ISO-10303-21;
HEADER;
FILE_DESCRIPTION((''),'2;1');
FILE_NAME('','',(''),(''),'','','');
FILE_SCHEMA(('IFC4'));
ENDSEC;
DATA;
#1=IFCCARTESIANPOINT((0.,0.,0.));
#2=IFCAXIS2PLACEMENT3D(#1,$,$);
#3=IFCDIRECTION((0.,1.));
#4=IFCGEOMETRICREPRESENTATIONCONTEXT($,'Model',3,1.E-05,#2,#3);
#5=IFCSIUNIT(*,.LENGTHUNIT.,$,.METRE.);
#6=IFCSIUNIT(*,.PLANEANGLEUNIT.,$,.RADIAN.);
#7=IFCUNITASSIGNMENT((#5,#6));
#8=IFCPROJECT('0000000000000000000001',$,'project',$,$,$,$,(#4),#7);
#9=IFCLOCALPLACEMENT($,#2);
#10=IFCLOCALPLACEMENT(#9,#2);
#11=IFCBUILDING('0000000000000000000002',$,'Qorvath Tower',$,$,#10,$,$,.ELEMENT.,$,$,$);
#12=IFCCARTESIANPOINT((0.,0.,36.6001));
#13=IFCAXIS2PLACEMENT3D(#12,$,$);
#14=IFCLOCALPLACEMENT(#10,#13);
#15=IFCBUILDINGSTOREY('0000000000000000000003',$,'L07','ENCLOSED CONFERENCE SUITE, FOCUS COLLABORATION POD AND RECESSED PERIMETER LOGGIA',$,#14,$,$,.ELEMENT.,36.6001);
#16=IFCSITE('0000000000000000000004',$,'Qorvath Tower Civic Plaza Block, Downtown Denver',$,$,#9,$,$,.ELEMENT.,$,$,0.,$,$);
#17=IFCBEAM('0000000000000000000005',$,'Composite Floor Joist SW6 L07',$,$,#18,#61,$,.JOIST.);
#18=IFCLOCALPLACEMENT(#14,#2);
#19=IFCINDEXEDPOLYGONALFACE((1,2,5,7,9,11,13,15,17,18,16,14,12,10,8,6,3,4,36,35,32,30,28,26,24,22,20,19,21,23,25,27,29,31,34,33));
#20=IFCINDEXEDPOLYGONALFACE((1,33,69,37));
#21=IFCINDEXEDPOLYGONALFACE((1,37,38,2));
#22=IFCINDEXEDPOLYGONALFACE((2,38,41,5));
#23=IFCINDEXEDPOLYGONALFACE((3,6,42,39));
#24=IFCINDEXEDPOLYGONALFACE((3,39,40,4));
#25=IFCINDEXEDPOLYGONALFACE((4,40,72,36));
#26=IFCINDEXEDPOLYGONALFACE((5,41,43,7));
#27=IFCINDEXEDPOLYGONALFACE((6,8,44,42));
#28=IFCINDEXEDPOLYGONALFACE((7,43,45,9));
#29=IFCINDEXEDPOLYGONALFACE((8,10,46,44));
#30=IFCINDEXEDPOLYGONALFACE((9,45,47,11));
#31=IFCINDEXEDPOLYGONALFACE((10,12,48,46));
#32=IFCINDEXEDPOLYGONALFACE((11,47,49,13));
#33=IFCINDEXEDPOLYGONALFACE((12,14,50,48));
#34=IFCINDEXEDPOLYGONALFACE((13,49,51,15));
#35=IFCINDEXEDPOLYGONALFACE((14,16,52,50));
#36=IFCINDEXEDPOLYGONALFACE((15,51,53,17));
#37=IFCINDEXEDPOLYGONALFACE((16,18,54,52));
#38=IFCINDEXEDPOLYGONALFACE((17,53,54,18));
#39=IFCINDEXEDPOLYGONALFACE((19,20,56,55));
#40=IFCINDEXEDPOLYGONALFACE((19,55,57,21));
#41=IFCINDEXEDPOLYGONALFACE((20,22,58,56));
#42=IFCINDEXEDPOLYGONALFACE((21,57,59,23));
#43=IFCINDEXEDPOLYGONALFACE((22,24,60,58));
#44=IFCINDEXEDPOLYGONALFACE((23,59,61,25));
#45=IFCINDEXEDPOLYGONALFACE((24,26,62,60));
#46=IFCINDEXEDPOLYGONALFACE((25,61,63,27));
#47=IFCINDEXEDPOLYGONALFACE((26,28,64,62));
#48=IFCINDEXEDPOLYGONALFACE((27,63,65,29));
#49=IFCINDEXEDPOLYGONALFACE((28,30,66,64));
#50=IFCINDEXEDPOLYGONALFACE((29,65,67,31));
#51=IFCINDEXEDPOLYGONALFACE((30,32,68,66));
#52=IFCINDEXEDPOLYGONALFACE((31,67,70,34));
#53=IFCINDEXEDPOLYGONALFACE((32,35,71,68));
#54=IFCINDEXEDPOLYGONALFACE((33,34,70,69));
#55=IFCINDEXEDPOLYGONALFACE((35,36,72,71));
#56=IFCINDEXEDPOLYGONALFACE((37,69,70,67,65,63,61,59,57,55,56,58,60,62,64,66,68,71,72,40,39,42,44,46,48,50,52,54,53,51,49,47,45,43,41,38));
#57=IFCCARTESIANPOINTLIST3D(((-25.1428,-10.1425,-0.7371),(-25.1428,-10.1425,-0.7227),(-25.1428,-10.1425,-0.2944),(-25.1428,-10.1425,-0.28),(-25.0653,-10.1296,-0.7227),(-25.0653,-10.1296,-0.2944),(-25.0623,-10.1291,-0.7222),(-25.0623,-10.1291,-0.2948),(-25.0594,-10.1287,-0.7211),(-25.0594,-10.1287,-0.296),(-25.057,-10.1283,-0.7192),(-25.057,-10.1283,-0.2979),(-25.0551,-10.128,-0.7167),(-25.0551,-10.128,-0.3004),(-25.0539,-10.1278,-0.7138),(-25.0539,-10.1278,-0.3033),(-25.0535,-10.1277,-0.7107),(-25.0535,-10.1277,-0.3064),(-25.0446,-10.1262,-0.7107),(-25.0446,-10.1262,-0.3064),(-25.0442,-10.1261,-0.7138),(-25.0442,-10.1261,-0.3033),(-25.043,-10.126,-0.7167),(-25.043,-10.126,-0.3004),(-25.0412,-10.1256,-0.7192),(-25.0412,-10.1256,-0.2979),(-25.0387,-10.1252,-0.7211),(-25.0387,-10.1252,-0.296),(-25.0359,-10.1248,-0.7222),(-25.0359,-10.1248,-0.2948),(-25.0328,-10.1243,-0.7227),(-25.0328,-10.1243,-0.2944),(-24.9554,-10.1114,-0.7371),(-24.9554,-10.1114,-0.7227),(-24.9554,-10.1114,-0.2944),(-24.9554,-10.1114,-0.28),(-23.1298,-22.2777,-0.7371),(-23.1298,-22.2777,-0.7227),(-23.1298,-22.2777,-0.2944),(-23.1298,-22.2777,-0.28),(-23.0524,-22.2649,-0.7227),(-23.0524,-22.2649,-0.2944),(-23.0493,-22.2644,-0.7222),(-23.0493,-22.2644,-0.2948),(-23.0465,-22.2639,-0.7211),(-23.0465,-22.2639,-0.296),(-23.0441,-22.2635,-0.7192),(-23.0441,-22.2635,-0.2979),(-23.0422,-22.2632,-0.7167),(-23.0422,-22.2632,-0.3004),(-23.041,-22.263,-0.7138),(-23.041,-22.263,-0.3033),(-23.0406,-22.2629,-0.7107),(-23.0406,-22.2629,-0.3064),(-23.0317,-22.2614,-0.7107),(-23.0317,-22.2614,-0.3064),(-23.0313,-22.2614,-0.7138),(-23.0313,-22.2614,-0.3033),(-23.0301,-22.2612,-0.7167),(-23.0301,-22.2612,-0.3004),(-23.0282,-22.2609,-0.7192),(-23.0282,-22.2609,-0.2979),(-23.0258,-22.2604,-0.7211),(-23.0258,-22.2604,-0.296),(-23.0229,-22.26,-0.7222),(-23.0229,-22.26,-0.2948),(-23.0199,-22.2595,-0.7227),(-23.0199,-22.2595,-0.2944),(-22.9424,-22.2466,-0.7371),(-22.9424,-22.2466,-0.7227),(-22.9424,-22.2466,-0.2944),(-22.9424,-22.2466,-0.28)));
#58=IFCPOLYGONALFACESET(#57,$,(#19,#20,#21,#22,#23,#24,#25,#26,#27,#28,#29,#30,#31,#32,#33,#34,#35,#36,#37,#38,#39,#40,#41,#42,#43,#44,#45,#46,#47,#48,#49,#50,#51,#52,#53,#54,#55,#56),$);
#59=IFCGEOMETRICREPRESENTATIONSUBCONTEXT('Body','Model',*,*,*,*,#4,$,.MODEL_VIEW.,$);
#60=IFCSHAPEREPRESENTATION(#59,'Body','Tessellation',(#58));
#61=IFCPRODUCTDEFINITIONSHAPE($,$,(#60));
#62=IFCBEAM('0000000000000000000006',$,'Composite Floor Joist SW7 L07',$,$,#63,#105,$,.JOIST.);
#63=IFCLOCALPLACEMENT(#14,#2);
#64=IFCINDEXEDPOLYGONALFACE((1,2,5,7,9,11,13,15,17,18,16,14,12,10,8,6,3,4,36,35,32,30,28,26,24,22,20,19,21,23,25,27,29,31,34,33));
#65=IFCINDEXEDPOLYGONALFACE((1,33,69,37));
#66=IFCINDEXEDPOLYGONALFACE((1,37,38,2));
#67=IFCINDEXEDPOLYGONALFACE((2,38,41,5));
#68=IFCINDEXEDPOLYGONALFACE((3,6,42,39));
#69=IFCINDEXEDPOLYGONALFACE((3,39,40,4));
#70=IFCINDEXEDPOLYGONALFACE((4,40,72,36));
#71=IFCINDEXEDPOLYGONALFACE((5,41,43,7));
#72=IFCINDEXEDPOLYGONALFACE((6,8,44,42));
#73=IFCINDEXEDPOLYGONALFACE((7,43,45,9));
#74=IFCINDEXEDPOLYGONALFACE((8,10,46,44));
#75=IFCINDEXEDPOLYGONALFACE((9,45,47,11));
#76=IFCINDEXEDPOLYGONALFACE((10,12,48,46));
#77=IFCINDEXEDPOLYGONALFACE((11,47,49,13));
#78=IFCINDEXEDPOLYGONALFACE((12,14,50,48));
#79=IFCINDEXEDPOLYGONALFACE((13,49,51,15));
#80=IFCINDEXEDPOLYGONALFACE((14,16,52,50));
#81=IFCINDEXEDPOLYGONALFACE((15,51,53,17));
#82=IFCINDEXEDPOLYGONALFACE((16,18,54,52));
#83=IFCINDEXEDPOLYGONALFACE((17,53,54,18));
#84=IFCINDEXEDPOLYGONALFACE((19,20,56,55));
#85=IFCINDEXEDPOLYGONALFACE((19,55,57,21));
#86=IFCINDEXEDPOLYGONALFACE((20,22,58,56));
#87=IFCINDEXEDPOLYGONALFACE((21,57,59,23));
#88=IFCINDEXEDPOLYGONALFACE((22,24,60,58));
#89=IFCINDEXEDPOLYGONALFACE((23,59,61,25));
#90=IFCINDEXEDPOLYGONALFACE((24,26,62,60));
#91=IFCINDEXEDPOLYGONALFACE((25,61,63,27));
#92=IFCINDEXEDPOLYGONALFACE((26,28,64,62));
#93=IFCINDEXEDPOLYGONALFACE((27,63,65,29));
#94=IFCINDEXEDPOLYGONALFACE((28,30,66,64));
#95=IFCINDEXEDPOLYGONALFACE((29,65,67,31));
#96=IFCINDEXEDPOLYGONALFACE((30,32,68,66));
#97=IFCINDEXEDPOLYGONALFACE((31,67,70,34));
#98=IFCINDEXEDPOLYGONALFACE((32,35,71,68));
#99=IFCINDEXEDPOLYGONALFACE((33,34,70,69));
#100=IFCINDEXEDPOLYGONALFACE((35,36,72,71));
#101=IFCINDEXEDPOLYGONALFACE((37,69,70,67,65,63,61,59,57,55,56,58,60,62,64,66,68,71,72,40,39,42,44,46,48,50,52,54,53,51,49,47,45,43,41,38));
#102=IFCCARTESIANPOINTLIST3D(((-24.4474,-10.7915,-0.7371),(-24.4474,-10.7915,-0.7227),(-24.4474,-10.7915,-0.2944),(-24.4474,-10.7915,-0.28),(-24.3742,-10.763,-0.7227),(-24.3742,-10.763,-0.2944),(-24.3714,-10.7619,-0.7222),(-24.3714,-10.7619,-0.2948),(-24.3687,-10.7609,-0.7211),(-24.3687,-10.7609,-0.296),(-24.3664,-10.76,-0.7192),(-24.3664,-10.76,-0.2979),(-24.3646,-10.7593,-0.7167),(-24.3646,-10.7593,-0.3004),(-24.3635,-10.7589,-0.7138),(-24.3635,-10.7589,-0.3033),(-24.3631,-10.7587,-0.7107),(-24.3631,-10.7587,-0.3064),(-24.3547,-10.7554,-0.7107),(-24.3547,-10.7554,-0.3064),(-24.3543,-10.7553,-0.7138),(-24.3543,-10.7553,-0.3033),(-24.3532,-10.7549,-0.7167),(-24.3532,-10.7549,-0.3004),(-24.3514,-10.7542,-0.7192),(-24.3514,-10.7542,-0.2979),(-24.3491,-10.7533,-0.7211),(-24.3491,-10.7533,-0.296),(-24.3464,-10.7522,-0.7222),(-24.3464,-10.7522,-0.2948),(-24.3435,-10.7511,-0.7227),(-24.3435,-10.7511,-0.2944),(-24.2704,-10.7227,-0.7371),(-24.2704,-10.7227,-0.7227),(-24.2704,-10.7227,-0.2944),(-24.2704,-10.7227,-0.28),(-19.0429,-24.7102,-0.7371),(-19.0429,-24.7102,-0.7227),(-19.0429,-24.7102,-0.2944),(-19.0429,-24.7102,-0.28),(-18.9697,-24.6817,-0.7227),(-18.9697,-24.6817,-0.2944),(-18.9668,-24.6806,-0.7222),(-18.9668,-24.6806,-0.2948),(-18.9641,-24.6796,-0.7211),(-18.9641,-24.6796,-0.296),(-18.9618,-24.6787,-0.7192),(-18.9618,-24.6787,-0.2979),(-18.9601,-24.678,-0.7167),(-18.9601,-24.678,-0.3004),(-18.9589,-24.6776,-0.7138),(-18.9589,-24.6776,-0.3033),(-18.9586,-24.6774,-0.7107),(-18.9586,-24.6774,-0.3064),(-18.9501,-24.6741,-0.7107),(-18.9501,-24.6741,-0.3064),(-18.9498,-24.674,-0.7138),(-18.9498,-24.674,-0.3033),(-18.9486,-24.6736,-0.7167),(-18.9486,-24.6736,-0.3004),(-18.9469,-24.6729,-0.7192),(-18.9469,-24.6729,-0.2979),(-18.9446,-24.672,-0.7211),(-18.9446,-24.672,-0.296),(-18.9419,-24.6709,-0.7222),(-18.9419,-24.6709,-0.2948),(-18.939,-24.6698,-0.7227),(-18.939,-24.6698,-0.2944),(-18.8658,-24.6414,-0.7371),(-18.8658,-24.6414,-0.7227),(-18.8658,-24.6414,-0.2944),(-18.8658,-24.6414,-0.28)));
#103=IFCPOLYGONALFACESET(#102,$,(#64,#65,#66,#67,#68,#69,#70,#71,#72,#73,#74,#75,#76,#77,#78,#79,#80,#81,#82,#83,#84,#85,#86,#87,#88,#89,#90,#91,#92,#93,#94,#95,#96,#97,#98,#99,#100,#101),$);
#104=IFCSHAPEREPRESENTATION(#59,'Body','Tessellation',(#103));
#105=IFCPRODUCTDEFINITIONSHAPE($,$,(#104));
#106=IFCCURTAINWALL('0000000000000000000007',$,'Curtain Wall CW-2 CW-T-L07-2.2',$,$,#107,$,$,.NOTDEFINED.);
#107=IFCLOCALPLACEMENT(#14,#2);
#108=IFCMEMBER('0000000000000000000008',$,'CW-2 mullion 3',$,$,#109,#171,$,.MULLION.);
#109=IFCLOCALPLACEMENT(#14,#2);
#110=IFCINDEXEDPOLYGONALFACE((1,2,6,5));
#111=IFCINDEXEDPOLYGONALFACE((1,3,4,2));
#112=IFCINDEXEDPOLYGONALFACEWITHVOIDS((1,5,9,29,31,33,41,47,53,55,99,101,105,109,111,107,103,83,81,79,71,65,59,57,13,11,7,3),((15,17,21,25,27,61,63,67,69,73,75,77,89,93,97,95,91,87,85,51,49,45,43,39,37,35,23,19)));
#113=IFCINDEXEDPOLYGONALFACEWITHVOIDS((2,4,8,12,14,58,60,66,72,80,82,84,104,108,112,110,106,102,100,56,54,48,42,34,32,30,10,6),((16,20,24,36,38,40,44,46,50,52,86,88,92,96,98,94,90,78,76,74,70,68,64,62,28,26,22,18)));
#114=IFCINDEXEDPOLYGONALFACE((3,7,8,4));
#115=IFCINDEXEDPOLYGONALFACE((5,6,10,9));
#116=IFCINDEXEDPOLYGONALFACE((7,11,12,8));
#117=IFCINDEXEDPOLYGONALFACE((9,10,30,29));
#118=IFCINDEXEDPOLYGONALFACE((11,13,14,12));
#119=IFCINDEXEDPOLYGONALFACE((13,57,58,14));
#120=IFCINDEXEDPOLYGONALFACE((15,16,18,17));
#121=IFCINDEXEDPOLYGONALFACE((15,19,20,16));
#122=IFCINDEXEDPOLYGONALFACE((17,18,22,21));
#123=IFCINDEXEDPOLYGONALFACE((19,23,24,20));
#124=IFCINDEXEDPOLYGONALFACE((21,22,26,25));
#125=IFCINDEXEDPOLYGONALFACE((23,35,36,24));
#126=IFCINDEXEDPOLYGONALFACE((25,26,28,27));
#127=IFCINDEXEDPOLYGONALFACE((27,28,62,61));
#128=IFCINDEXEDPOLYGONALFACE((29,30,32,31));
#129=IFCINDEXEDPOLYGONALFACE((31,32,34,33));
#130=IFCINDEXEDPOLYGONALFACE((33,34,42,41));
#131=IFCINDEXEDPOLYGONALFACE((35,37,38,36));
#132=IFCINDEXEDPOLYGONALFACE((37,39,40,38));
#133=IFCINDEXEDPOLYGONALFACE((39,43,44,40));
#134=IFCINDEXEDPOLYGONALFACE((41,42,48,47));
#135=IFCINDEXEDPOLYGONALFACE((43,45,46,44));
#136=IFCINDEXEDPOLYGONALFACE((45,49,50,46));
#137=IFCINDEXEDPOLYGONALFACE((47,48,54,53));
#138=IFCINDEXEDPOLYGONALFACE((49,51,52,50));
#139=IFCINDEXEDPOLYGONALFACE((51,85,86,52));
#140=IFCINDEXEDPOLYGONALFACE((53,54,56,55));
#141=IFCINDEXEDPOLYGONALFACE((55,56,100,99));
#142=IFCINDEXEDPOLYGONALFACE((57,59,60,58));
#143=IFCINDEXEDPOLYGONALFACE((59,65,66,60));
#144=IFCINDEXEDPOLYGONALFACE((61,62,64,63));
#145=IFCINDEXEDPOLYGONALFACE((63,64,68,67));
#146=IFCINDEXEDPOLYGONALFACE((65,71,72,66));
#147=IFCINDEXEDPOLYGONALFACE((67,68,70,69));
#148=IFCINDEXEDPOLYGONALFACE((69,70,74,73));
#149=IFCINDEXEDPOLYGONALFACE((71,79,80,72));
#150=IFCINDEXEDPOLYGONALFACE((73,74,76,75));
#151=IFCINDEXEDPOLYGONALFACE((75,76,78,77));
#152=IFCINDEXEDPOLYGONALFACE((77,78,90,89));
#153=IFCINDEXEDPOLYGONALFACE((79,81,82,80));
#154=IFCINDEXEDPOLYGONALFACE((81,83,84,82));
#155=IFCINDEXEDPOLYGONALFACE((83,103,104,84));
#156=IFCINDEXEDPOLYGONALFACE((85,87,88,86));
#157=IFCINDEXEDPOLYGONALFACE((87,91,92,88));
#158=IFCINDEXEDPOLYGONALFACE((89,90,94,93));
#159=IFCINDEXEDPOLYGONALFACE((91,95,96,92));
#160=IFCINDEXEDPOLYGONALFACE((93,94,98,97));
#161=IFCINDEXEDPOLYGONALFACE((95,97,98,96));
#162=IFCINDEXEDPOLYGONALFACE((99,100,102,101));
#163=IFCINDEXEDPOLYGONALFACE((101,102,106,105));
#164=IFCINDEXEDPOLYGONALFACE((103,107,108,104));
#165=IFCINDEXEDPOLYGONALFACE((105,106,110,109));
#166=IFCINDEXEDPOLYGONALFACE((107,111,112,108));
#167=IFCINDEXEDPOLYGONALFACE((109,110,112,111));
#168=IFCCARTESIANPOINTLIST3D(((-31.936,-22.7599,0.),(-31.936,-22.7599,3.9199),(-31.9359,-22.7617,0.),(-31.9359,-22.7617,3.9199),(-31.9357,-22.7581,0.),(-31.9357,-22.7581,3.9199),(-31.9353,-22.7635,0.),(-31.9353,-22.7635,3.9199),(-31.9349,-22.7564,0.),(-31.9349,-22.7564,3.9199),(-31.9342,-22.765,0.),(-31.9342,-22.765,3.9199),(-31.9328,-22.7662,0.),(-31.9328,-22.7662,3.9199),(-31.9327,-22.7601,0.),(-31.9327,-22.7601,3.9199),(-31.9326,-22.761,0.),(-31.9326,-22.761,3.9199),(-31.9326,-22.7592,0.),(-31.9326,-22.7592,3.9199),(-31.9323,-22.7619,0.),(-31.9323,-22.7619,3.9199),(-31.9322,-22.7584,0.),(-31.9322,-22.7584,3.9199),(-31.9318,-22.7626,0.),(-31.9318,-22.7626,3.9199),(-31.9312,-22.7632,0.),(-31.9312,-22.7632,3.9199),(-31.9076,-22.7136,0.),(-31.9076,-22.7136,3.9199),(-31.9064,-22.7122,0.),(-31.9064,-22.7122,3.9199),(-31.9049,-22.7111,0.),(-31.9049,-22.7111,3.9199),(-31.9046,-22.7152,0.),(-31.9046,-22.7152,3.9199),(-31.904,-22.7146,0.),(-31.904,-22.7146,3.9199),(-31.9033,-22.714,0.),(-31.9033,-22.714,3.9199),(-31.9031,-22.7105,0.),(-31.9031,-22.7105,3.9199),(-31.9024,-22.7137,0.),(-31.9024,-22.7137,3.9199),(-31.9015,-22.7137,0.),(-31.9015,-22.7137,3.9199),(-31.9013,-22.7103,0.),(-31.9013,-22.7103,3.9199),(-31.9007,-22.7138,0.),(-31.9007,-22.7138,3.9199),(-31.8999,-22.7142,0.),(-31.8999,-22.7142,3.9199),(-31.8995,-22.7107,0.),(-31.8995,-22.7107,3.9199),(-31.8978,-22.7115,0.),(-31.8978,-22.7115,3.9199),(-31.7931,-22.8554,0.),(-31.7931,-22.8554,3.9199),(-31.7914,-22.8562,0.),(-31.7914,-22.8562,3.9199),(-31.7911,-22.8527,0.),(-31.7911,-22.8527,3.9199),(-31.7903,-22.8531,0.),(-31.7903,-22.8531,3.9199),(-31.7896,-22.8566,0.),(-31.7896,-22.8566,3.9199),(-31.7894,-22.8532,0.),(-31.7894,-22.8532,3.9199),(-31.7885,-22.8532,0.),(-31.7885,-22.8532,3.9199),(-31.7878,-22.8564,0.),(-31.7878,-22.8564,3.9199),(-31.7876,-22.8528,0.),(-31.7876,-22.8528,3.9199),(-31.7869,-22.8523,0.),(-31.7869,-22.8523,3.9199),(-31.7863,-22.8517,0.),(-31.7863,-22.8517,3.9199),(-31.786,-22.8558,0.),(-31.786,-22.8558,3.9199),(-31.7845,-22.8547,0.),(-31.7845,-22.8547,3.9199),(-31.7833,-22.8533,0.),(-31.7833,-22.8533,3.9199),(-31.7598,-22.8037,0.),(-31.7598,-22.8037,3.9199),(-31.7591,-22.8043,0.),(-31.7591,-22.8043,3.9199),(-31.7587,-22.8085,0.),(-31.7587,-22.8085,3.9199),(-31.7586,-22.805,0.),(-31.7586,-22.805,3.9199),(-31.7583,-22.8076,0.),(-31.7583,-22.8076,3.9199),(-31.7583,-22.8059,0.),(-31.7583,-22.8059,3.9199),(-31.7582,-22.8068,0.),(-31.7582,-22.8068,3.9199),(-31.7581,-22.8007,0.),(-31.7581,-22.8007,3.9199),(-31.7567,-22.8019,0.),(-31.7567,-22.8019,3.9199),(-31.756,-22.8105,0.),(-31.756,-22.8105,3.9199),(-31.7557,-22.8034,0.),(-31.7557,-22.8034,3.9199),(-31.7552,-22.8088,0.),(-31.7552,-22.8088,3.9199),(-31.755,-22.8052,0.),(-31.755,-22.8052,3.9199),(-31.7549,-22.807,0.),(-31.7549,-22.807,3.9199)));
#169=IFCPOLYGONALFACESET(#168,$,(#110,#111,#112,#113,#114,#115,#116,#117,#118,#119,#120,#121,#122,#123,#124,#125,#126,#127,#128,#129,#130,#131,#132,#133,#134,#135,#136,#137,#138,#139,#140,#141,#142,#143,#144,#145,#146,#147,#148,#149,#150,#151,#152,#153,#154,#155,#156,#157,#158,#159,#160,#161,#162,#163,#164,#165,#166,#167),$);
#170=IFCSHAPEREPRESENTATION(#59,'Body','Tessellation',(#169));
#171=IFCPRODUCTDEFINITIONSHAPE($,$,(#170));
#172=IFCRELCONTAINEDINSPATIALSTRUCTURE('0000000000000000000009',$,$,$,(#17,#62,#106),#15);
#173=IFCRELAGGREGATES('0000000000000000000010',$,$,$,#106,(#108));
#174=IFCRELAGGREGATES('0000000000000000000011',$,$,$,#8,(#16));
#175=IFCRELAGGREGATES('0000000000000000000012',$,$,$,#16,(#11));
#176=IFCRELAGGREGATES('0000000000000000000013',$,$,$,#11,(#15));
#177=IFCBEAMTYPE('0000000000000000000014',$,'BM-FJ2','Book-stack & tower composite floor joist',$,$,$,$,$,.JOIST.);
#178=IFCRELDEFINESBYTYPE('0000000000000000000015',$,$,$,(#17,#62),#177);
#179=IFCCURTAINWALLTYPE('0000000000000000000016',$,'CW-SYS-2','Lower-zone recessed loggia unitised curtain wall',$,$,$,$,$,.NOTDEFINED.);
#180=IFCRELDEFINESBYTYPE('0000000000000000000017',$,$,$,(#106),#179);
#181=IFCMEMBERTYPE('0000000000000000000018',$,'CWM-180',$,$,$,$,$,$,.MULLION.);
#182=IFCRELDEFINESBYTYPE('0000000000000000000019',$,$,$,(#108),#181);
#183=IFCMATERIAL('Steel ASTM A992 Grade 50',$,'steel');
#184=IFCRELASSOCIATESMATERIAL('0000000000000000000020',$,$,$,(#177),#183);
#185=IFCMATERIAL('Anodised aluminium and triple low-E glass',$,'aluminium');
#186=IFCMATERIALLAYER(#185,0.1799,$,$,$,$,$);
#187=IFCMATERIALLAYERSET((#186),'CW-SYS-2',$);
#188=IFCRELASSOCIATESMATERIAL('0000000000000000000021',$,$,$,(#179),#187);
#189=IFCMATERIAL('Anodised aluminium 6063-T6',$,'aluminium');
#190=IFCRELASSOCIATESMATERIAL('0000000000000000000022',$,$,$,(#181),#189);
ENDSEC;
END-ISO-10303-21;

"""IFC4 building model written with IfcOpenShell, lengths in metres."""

from ifc_helpers import new_model, si_unit, direction, frame, origin, origin_2d, place, context, subcontext, project, spatial, hollow_rectangle, i_section, extrude, material, layer, layer_set, material_profile, profile_set, type_object, element, aggregate, save


model = new_model("IFC4")

# Units and contexts
model_context = context("Model", 3, precision=1e-05, world=origin(), true_north=direction((0.0, 1.0)))
body_context = subcontext(model_context, "Body", "Model", "MODEL_VIEW")
ifc_project = project(units=[si_unit("LENGTHUNIT", "METRE"), si_unit("PLANEANGLEUNIT", "RADIAN")], contexts=[model_context])

# Site, building, storey
site_placement = place(None, origin())
site = spatial("IfcSite", under=ifc_project, at=site_placement, Name="Qorvath Tower Civic Plaza Block, Downtown Denver", CompositionType="ELEMENT", RefElevation=0.0)
building_placement = place(site_placement, origin())
building = spatial("IfcBuilding", under=site, at=building_placement, Name="Qorvath Tower", CompositionType="ELEMENT")
storey_placement = place(building_placement, frame((0.0, 0.0, 36.6001)))
storey = spatial("IfcBuildingStorey", under=building, at=storey_placement, Name="L07", Description="ENCLOSED CONFERENCE SUITE, FOCUS COLLABORATION POD AND RECESSED PERIMETER LOGGIA", CompositionType="ELEMENT", Elevation=36.6001)

# Beams
ifc_material_1 = material(Name="Steel ASTM A992 Grade 50", Category="steel")
ifc_material_profile_1 = material_profile(ifc_material_1, i_section(OverallWidth=0.1899, OverallDepth=0.457, WebThickness=0.009, FlangeThickness=0.0144, FilletRadius=0.012, at=origin_2d()), Name="W18x50")
ifc_profile_set_1 = profile_set([ifc_material_profile_1], Name="Steel ASTM A992 Grade 50")
beam_type_1 = type_object("IfcBeamType", Name="BM-FJ2", Description="Book-stack & tower composite floor joist", PredefinedType="JOIST", material=ifc_profile_set_1)
beam_1_placement = place(storey_placement, frame((-25.0491, -10.127, -0.5085), z_axis=(0.163639, -0.98652, 0.0), x_axis=(0.98652, 0.163639, 0.0)))
element("IfcBeam", 1, at=beam_1_placement, inside=storey, type_object=beam_type_1, Name="Composite Floor Joist SW6 L07", PredefinedType="JOIST", context=body_context, shape_type="SweptSolid", body=[
    extrude(i_section(OverallWidth=0.1899, OverallDepth=0.457, WebThickness=0.009, FlangeThickness=0.0144, FilletRadius=0.012, at=origin_2d()), origin(), (0.0, 0.0, 1.0), 12.301),
])
beam_2_placement = place(storey_placement, frame((-24.3589, -10.7571, -0.5085), z_axis=(0.361964, -0.932192, 0.0), x_axis=(0.932192, 0.361964, 0.0)))
element("IfcBeam", 2, at=beam_2_placement, inside=storey, type_object=beam_type_1, Name="Composite Floor Joist SW7 L07", PredefinedType="JOIST", context=body_context, shape_type="SweptSolid", body=[
    extrude(i_section(OverallWidth=0.1899, OverallDepth=0.457, WebThickness=0.009, FlangeThickness=0.0144, FilletRadius=0.012, at=origin_2d()), origin(), (0.0, 0.0, 1.0), 14.9312),
])

# Curtain wall, member
ifc_material_2 = material(Name="Anodised aluminium and triple low-E glass", Category="aluminium")
ifc_layer_1 = layer(ifc_material_2, 0.1799)
ifc_layer_set_1 = layer_set([ifc_layer_1], Name="CW-SYS-2")
curtain_wall_type = type_object("IfcCurtainWallType", Name="CW-SYS-2", Description="Lower-zone recessed loggia unitised curtain wall", PredefinedType="NOTDEFINED", material=ifc_layer_set_1)
curtain_wall_placement = place(storey_placement, origin())
curtain_wall = element("IfcCurtainWall", 3, at=curtain_wall_placement, inside=storey, type_object=curtain_wall_type, Name="Curtain Wall CW-2 CW-T-L07-2.2", PredefinedType="NOTDEFINED")
ifc_material_3 = material(Name="Anodised aluminium 6063-T6", Category="aluminium")
ifc_material_profile_2 = material_profile(ifc_material_3, hollow_rectangle(XDim=0.0649, YDim=0.1799, WallThickness=0.0034, InnerFilletRadius=0.0034, OuterFilletRadius=0.0071, at=origin_2d()), Name="CWM 180x65")
ifc_profile_set_2 = profile_set([ifc_material_profile_2], Name="Anodised aluminium 6063-T6")
member_type_1 = type_object("IfcMemberType", Name="CWM-180", PredefinedType="MULLION", material=ifc_profile_set_2)
member_1_placement = place(storey_placement, frame((-31.8455, -22.7834, 0.0), z_axis=(0.0, 0.0, 1.0), x_axis=(0.538533, 0.842605, 0.0)))
member_1 = element("IfcMember", 4, at=member_1_placement, type_object=member_type_1, Name="CW-2 mullion 3", PredefinedType="MULLION", context=body_context, shape_type="SweptSolid", body=[
    extrude(hollow_rectangle(XDim=0.0649, YDim=0.1799, WallThickness=0.0034, InnerFilletRadius=0.0034, OuterFilletRadius=0.0071, at=origin_2d()), origin(), (0.0, 0.0, 1.0), 3.9199),
])
aggregate(curtain_wall, [member_1])

save(model, "model.ifc")
